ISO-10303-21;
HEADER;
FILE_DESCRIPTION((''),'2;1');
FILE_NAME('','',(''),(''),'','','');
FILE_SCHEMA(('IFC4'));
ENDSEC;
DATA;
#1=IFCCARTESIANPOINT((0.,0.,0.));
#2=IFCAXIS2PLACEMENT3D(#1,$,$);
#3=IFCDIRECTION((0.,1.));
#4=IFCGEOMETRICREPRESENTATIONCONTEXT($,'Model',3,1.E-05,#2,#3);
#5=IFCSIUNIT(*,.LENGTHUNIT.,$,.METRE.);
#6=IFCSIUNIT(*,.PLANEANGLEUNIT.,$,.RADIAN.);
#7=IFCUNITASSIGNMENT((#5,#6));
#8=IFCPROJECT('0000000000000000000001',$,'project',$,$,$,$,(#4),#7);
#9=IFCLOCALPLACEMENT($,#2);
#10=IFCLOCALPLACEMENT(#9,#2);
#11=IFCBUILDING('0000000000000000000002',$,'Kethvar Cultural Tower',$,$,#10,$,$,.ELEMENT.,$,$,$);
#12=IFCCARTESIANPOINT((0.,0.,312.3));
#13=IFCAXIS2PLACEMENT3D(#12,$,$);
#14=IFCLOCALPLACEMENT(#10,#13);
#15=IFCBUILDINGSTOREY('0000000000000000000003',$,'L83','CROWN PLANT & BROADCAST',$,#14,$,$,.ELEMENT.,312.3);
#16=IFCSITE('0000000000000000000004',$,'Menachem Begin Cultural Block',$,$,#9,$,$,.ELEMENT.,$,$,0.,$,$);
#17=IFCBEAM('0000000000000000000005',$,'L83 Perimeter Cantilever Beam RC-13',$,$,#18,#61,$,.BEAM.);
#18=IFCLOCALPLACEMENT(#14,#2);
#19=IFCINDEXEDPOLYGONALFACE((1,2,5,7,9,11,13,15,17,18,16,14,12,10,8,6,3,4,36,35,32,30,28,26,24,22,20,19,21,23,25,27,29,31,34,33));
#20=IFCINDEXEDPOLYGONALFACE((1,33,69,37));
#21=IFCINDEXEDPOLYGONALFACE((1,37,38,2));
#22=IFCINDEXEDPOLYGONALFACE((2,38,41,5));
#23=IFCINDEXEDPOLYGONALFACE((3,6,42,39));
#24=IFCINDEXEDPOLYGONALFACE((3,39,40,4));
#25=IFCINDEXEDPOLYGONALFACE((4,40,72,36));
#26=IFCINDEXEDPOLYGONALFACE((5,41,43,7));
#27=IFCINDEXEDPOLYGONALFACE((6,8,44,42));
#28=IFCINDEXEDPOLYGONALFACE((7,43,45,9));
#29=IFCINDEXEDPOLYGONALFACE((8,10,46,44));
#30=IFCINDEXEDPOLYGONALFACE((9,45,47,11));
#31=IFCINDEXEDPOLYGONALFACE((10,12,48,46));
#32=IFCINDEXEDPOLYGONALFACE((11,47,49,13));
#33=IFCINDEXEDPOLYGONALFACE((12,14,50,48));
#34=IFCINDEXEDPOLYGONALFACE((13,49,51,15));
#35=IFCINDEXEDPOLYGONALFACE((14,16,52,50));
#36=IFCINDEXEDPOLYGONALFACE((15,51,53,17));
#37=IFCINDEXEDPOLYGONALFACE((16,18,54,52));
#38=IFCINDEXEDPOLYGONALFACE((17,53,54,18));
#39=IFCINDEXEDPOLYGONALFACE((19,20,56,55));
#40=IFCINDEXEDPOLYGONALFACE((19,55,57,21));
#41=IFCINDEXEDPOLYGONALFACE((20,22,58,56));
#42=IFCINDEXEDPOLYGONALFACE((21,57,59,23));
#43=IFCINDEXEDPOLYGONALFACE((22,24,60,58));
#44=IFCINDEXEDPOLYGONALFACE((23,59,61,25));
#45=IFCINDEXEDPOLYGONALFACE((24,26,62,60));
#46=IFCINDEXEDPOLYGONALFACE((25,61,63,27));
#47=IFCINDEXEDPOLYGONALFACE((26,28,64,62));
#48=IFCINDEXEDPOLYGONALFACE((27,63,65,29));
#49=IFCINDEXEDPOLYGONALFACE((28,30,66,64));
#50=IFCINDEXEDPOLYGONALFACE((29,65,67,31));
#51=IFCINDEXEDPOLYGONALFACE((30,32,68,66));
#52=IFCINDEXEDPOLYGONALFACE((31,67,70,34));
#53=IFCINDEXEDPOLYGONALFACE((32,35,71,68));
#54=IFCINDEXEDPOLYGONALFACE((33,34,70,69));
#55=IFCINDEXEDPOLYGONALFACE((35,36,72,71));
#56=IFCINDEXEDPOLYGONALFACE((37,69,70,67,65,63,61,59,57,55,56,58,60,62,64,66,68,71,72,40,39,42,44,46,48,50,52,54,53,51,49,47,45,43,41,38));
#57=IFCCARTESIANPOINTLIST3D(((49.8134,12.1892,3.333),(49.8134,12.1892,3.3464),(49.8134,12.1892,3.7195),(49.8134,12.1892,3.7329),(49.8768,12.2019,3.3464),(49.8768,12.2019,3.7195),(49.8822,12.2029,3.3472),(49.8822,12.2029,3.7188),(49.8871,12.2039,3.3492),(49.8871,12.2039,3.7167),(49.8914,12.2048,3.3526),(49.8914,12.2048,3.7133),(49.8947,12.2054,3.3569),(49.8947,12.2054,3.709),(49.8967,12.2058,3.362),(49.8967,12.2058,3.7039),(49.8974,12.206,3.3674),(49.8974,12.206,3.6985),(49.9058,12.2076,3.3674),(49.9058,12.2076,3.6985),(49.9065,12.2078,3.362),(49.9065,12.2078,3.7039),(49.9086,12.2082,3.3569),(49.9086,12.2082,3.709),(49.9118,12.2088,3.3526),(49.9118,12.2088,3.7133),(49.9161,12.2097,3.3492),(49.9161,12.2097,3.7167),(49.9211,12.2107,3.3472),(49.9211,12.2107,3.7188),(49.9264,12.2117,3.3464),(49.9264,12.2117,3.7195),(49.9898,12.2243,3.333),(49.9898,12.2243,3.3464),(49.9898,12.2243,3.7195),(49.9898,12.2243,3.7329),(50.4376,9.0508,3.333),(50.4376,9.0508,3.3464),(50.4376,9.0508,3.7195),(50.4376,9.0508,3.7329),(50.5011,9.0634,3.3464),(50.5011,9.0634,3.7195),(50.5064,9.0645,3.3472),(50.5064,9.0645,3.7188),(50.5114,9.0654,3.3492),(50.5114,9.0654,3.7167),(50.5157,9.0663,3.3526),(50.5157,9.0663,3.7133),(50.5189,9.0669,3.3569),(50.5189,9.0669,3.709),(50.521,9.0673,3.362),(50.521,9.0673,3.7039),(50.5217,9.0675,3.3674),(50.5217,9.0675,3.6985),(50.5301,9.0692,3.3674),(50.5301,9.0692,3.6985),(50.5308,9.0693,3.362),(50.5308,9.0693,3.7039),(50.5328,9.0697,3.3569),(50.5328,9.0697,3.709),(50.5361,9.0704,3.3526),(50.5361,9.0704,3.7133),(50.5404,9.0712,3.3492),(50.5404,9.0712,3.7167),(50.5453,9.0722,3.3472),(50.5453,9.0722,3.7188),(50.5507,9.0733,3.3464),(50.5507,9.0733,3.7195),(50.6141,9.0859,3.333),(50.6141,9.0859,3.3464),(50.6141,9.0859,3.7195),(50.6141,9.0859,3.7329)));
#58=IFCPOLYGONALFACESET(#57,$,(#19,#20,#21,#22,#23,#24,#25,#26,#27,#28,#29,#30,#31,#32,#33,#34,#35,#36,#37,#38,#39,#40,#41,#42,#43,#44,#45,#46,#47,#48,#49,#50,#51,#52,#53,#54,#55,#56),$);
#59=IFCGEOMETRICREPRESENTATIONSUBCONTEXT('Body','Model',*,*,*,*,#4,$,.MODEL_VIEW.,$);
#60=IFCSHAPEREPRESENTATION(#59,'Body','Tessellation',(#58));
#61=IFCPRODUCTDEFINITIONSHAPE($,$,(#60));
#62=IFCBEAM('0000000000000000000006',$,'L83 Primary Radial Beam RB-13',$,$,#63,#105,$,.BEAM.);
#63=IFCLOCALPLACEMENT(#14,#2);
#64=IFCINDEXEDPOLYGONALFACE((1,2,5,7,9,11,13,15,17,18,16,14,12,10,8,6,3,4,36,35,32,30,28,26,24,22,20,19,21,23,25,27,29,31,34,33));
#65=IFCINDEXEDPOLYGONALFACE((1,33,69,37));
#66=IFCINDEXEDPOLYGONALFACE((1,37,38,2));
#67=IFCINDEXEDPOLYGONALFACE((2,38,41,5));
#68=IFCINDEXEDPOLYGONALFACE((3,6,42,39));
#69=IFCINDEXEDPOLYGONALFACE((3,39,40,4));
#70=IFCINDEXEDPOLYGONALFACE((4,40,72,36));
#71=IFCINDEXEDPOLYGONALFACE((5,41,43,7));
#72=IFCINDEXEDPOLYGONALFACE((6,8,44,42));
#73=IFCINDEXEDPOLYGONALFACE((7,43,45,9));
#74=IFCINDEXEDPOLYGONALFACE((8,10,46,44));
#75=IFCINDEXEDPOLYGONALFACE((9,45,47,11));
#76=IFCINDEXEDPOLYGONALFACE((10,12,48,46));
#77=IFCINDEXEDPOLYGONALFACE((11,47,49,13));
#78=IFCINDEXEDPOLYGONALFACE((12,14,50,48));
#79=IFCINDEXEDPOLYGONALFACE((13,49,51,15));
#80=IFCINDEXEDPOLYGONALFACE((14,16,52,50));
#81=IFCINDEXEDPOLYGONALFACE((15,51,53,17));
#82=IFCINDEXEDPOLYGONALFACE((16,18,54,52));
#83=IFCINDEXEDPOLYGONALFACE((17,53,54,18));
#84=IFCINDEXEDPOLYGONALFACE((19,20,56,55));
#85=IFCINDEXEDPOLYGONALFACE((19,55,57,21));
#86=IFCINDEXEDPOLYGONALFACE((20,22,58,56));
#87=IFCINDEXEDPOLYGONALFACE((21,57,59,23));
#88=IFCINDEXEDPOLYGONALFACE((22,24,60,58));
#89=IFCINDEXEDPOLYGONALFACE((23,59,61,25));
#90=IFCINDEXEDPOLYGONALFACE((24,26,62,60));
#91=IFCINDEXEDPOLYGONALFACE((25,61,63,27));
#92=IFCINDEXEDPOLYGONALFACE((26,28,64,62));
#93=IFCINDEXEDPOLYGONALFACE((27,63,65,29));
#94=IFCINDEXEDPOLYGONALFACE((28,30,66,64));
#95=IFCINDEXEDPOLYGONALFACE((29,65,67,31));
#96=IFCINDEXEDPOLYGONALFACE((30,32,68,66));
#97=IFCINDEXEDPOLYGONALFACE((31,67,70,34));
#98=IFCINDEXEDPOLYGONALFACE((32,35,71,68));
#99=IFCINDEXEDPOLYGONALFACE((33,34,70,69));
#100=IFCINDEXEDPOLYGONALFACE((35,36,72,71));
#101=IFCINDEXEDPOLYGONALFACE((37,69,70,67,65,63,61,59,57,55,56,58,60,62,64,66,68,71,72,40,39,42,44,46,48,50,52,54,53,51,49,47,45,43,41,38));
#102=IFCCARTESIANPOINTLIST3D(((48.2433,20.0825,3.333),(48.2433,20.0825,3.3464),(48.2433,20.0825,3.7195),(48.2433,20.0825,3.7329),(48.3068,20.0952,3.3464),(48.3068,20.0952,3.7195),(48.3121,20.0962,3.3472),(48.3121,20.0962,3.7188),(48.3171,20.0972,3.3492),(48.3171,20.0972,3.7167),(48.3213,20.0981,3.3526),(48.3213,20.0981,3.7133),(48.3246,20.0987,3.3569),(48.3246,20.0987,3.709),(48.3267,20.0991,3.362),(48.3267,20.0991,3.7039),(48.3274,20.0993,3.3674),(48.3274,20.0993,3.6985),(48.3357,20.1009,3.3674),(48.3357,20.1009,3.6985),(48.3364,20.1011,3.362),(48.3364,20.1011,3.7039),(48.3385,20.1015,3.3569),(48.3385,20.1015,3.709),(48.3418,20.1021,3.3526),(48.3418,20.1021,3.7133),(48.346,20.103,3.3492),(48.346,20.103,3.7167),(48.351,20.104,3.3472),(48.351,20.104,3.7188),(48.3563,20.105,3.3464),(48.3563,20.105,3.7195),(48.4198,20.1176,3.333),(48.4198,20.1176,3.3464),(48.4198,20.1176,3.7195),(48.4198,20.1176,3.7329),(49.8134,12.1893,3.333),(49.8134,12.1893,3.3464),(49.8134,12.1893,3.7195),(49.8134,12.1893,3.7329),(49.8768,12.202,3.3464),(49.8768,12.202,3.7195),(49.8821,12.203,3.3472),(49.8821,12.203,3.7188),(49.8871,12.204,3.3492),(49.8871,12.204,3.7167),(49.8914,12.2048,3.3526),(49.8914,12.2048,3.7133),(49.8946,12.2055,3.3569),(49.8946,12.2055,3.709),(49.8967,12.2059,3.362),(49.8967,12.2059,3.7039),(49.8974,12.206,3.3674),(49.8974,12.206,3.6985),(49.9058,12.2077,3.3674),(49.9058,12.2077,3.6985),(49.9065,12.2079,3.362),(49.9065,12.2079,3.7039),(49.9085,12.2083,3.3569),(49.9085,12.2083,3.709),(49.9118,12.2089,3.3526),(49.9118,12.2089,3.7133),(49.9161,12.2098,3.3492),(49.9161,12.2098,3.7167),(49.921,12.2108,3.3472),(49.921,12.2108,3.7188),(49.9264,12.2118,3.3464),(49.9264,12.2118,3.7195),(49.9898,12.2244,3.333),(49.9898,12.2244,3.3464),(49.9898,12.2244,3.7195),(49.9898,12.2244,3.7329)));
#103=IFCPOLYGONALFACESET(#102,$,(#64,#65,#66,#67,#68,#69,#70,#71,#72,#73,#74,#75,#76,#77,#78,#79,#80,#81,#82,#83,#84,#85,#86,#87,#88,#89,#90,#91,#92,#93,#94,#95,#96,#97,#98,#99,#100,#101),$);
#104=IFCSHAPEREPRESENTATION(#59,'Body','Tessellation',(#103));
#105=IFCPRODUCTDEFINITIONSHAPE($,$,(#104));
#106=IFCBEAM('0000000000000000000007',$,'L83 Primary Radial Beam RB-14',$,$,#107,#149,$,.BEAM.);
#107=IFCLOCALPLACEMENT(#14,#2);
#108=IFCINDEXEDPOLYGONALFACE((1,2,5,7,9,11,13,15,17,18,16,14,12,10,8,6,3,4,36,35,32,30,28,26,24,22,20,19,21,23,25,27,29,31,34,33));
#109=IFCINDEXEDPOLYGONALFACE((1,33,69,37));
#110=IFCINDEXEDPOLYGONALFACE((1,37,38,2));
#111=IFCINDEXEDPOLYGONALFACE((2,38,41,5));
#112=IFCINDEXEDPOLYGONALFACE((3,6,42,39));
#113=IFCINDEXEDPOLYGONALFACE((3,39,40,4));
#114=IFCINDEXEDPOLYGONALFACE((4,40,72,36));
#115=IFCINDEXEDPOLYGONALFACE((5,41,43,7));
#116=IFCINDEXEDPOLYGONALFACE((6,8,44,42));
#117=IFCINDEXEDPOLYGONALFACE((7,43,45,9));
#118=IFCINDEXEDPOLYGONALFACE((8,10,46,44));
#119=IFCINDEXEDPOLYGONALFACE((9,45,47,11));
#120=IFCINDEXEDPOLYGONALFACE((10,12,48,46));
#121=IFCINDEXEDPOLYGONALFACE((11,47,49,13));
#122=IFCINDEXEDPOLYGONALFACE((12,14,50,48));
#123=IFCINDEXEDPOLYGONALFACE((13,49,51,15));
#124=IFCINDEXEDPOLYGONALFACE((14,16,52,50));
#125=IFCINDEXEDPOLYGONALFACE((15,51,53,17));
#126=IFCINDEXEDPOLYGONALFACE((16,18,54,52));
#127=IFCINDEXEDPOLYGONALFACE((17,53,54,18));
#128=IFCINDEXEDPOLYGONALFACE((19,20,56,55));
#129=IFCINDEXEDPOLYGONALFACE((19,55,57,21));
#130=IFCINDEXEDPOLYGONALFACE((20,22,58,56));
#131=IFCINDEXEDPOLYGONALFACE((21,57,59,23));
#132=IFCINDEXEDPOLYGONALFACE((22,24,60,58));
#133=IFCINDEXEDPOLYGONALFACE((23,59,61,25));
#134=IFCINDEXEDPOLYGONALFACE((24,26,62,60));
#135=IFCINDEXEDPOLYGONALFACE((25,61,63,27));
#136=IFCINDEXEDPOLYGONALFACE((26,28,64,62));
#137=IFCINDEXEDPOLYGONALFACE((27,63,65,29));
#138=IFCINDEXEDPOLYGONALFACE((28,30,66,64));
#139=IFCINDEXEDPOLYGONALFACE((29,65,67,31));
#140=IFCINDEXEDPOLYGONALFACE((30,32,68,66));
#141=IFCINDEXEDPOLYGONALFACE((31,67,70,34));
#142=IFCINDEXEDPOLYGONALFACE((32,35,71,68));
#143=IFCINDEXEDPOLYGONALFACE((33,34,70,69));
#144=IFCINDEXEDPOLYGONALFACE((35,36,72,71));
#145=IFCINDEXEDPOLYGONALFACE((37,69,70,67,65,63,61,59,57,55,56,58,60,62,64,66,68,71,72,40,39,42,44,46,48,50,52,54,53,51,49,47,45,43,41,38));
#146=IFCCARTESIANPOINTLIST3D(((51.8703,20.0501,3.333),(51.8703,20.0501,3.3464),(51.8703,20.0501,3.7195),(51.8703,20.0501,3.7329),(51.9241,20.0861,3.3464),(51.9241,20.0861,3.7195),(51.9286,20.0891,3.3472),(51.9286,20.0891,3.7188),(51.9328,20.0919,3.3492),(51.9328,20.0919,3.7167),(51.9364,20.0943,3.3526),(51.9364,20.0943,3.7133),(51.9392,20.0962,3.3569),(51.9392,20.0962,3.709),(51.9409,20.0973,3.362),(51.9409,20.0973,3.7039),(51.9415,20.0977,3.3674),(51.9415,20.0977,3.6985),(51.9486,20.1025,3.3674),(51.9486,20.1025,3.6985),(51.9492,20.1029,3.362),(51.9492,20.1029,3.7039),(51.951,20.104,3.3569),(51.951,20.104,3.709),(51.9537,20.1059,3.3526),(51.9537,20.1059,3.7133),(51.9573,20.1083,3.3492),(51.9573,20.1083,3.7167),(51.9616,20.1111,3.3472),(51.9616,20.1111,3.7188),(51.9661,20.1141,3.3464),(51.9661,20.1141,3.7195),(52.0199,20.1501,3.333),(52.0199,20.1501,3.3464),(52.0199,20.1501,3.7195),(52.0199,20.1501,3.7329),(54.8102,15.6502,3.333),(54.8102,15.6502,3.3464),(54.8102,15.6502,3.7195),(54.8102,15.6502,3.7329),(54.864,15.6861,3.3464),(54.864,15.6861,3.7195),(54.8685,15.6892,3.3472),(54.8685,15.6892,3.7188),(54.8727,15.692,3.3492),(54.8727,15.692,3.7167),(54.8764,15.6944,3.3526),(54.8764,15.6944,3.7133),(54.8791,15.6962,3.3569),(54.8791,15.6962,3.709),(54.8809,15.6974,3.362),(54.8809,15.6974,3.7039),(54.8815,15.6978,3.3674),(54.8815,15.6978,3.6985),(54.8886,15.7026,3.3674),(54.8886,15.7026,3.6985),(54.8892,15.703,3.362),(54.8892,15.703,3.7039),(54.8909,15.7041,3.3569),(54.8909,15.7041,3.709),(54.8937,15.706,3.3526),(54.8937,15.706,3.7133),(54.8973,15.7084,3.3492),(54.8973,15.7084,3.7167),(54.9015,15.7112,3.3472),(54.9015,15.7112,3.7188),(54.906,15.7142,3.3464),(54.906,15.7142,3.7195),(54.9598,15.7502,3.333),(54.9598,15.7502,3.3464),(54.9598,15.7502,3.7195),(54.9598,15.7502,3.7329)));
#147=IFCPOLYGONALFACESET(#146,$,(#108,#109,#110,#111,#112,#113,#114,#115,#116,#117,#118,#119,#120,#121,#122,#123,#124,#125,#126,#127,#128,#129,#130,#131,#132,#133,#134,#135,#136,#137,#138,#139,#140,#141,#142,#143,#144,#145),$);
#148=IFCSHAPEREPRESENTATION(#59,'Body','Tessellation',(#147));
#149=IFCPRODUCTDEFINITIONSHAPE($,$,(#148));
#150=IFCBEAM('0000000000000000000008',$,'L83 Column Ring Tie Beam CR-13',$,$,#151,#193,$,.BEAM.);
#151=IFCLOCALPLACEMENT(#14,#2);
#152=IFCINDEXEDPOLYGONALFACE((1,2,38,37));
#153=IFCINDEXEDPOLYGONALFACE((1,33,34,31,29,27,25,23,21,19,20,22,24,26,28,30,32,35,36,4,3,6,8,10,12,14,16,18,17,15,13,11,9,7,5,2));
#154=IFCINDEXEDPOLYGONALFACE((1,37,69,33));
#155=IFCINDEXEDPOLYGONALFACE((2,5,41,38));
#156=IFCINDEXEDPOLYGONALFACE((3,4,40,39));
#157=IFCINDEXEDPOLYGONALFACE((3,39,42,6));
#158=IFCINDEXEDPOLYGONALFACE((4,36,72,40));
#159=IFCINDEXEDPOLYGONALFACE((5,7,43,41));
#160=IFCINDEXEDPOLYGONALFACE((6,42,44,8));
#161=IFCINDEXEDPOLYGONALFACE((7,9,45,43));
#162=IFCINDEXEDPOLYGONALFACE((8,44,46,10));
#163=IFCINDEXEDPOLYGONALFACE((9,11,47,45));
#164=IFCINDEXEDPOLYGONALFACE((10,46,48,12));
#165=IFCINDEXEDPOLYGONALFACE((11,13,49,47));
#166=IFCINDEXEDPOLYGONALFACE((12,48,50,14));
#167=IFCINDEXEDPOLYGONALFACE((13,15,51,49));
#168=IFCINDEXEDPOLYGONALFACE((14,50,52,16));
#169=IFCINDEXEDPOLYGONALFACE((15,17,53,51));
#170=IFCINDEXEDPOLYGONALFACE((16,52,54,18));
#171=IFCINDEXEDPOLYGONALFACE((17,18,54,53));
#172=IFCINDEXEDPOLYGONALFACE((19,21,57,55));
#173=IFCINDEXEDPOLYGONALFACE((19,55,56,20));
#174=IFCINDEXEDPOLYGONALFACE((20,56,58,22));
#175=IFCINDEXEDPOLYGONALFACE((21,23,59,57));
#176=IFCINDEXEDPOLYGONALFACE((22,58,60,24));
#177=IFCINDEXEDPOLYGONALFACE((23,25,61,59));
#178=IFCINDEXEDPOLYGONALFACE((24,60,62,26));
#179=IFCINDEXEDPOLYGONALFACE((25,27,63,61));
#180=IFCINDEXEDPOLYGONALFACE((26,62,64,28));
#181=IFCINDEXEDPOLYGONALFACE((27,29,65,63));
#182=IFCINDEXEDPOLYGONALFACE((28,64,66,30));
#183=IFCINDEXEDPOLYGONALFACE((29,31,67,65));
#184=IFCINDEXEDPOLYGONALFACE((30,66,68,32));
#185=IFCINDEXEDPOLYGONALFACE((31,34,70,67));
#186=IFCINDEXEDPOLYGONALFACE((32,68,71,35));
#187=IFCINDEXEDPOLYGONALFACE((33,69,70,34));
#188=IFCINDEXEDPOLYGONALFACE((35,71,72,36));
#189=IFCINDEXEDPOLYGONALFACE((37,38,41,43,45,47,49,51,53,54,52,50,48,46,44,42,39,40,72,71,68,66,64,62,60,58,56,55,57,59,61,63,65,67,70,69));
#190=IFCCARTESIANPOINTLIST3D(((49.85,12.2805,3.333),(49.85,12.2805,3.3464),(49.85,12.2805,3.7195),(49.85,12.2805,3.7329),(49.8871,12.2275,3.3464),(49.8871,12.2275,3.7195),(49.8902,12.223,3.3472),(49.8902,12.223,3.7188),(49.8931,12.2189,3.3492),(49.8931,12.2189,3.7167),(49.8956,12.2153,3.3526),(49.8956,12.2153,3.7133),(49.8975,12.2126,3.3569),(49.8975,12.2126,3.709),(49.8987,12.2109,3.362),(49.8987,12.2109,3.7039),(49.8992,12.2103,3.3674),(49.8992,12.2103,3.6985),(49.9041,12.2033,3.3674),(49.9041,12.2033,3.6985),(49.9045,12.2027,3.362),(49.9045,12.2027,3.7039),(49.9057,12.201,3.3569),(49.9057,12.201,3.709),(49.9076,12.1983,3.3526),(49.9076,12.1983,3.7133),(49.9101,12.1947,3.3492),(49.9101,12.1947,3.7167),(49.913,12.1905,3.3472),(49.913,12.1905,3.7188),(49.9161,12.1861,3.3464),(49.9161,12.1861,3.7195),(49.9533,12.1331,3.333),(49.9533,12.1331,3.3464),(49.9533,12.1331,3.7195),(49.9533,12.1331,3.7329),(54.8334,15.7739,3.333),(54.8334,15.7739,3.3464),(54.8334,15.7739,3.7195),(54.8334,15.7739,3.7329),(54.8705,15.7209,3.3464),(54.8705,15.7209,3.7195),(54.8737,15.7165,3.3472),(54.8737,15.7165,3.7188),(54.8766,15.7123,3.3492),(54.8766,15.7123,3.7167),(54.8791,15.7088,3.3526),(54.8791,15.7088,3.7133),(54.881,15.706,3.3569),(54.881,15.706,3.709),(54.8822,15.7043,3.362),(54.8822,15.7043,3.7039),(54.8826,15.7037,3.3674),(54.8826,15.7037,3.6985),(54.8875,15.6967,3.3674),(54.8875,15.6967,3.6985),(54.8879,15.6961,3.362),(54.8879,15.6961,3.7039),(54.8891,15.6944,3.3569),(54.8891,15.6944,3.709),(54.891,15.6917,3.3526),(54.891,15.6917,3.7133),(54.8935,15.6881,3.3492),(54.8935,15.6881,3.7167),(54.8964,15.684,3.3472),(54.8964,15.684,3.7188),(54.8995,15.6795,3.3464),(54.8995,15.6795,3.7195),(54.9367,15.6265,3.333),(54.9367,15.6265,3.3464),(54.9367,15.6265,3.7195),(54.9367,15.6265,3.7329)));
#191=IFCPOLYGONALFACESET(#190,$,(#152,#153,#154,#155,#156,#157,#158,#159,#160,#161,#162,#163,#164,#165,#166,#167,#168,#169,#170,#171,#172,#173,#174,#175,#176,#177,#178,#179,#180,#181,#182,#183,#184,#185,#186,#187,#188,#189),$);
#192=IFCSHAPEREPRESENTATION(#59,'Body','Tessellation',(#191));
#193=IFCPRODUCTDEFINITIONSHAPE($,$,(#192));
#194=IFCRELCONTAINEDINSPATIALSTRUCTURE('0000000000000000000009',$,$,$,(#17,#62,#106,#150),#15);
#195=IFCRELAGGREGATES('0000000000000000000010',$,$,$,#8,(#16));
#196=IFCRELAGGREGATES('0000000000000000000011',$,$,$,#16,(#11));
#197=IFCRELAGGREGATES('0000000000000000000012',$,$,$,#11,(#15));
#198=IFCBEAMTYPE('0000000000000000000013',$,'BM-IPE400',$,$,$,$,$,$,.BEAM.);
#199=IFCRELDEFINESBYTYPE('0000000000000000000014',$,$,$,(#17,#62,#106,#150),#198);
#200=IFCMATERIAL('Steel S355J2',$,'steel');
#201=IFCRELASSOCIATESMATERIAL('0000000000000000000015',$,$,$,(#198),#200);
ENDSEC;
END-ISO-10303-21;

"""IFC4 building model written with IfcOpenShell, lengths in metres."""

from ifc_helpers import new_model, si_unit, direction, frame, origin, origin_2d, place, context, subcontext, project, spatial, i_section, extrude, source, transform, mapped, material, material_profile, profile_set, type_object, element, save


model = new_model("IFC4")

# Units and contexts
model_context = context("Model", 3, precision=1e-05, world=origin(), true_north=direction((0.0, 1.0)))
body_context = subcontext(model_context, "Body", "Model", "MODEL_VIEW")
ifc_project = project(units=[si_unit("LENGTHUNIT", "METRE"), si_unit("PLANEANGLEUNIT", "RADIAN")], contexts=[model_context])

# Site, building, storey
site_placement = place(None, origin())
site = spatial("IfcSite", under=ifc_project, at=site_placement, Name="Menachem Begin Cultural Block", CompositionType="ELEMENT", RefElevation=0.0)
building_placement = place(site_placement, origin())
building = spatial("IfcBuilding", under=site, at=building_placement, Name="Kethvar Cultural Tower", CompositionType="ELEMENT")
storey_placement = place(building_placement, frame((0.0, 0.0, 312.3)))
storey = spatial("IfcBuildingStorey", under=building, at=storey_placement, Name="L83", Description="CROWN PLANT & BROADCAST", CompositionType="ELEMENT", Elevation=312.3)

# Shared definitions
ifc_material_1 = material(Name="Steel S355J2", Category="steel")

# Beams
ifc_material_profile_1 = material_profile(ifc_material_1, i_section(OverallWidth=0.1799, OverallDepth=0.3999, WebThickness=0.0085, FlangeThickness=0.0134, FilletRadius=0.021, at=origin_2d()), Name="Steel S355J2 — IPE400")
ifc_profile_set_1 = profile_set([ifc_material_profile_1], Name="Steel S355J2 — IPE400")
beam_type_1 = type_object("IfcBeamType", Name="BM-IPE400", PredefinedType="BEAM", material=ifc_profile_set_1)
shared_shape_1 = source(origin(), body_context, "Body", "SweptSolid", [
    extrude(i_section(OverallWidth=0.1799, OverallDepth=0.3999, WebThickness=0.0085, FlangeThickness=0.0134, FilletRadius=0.021, at=origin_2d()), origin(), (0.0, 0.0, 1.0), 3.2),
])
beam_1_placement = place(storey_placement, frame((49.9016, 12.2068, 3.533), z_axis=(0.195089, -0.980786, 0.0), x_axis=(0.980786, 0.195089, 0.0)))
element("IfcBeam", 1, at=beam_1_placement, inside=storey, type_object=beam_type_1, Name="L83 Perimeter Cantilever Beam RC-13", PredefinedType="BEAM", context=body_context, shape_type="MappedRepresentation", body=[
    mapped(shared_shape_1, transform((0.0, 0.0, 0.0), scale=1.0)),
])
shared_shape_2 = source(origin(), body_context, "Body", "SweptSolid", [
    extrude(i_section(OverallWidth=0.1799, OverallDepth=0.3999, WebThickness=0.0085, FlangeThickness=0.0134, FilletRadius=0.021, at=origin_2d()), origin(), (0.0, 0.0, 1.0), 8.0479),
])
beam_2_placement = place(storey_placement, frame((48.3315, 20.1001, 3.533), z_axis=(0.195089, -0.980785, 0.0), x_axis=(0.980785, 0.195089, 0.0)))
element("IfcBeam", 2, at=beam_2_placement, inside=storey, type_object=beam_type_1, Name="L83 Primary Radial Beam RB-13", PredefinedType="BEAM", context=body_context, shape_type="MappedRepresentation", body=[
    mapped(shared_shape_2, transform((0.0, 0.0, 0.0), scale=1.0)),
])
shared_shape_3 = source(origin(), body_context, "Body", "SweptSolid", [
    extrude(i_section(OverallWidth=0.1799, OverallDepth=0.3999, WebThickness=0.0085, FlangeThickness=0.0134, FilletRadius=0.021, at=origin_2d()), origin(), (0.0, 0.0, 1.0), 5.2917),
])
beam_3_placement = place(storey_placement, frame((51.9451, 20.1001, 3.533), z_axis=(0.555573, -0.831468, 0.0), x_axis=(0.831468, 0.555573, 0.0)))
element("IfcBeam", 3, at=beam_3_placement, inside=storey, type_object=beam_type_1, Name="L83 Primary Radial Beam RB-14", PredefinedType="BEAM", context=body_context, shape_type="MappedRepresentation", body=[
    mapped(shared_shape_3, transform((0.0, 0.0, 0.0), scale=1.0)),
])
shared_shape_4 = source(origin(), body_context, "Body", "SweptSolid", [
    extrude(i_section(OverallWidth=0.1799, OverallDepth=0.3999, WebThickness=0.0085, FlangeThickness=0.0134, FilletRadius=0.021, at=origin_2d()), origin(), (0.0, 0.0, 1.0), 6.0859),
])
beam_4_placement = place(storey_placement, frame((49.9016, 12.2068, 3.533), z_axis=(0.818843, 0.574017, 0.0), x_axis=(-0.574017, 0.818843, 0.0)))
element("IfcBeam", 4, at=beam_4_placement, inside=storey, type_object=beam_type_1, Name="L83 Column Ring Tie Beam CR-13", PredefinedType="BEAM", context=body_context, shape_type="MappedRepresentation", body=[
    mapped(shared_shape_4, transform((0.0, 0.0, 0.0), scale=1.0)),
])

save(model, "model.ifc")
